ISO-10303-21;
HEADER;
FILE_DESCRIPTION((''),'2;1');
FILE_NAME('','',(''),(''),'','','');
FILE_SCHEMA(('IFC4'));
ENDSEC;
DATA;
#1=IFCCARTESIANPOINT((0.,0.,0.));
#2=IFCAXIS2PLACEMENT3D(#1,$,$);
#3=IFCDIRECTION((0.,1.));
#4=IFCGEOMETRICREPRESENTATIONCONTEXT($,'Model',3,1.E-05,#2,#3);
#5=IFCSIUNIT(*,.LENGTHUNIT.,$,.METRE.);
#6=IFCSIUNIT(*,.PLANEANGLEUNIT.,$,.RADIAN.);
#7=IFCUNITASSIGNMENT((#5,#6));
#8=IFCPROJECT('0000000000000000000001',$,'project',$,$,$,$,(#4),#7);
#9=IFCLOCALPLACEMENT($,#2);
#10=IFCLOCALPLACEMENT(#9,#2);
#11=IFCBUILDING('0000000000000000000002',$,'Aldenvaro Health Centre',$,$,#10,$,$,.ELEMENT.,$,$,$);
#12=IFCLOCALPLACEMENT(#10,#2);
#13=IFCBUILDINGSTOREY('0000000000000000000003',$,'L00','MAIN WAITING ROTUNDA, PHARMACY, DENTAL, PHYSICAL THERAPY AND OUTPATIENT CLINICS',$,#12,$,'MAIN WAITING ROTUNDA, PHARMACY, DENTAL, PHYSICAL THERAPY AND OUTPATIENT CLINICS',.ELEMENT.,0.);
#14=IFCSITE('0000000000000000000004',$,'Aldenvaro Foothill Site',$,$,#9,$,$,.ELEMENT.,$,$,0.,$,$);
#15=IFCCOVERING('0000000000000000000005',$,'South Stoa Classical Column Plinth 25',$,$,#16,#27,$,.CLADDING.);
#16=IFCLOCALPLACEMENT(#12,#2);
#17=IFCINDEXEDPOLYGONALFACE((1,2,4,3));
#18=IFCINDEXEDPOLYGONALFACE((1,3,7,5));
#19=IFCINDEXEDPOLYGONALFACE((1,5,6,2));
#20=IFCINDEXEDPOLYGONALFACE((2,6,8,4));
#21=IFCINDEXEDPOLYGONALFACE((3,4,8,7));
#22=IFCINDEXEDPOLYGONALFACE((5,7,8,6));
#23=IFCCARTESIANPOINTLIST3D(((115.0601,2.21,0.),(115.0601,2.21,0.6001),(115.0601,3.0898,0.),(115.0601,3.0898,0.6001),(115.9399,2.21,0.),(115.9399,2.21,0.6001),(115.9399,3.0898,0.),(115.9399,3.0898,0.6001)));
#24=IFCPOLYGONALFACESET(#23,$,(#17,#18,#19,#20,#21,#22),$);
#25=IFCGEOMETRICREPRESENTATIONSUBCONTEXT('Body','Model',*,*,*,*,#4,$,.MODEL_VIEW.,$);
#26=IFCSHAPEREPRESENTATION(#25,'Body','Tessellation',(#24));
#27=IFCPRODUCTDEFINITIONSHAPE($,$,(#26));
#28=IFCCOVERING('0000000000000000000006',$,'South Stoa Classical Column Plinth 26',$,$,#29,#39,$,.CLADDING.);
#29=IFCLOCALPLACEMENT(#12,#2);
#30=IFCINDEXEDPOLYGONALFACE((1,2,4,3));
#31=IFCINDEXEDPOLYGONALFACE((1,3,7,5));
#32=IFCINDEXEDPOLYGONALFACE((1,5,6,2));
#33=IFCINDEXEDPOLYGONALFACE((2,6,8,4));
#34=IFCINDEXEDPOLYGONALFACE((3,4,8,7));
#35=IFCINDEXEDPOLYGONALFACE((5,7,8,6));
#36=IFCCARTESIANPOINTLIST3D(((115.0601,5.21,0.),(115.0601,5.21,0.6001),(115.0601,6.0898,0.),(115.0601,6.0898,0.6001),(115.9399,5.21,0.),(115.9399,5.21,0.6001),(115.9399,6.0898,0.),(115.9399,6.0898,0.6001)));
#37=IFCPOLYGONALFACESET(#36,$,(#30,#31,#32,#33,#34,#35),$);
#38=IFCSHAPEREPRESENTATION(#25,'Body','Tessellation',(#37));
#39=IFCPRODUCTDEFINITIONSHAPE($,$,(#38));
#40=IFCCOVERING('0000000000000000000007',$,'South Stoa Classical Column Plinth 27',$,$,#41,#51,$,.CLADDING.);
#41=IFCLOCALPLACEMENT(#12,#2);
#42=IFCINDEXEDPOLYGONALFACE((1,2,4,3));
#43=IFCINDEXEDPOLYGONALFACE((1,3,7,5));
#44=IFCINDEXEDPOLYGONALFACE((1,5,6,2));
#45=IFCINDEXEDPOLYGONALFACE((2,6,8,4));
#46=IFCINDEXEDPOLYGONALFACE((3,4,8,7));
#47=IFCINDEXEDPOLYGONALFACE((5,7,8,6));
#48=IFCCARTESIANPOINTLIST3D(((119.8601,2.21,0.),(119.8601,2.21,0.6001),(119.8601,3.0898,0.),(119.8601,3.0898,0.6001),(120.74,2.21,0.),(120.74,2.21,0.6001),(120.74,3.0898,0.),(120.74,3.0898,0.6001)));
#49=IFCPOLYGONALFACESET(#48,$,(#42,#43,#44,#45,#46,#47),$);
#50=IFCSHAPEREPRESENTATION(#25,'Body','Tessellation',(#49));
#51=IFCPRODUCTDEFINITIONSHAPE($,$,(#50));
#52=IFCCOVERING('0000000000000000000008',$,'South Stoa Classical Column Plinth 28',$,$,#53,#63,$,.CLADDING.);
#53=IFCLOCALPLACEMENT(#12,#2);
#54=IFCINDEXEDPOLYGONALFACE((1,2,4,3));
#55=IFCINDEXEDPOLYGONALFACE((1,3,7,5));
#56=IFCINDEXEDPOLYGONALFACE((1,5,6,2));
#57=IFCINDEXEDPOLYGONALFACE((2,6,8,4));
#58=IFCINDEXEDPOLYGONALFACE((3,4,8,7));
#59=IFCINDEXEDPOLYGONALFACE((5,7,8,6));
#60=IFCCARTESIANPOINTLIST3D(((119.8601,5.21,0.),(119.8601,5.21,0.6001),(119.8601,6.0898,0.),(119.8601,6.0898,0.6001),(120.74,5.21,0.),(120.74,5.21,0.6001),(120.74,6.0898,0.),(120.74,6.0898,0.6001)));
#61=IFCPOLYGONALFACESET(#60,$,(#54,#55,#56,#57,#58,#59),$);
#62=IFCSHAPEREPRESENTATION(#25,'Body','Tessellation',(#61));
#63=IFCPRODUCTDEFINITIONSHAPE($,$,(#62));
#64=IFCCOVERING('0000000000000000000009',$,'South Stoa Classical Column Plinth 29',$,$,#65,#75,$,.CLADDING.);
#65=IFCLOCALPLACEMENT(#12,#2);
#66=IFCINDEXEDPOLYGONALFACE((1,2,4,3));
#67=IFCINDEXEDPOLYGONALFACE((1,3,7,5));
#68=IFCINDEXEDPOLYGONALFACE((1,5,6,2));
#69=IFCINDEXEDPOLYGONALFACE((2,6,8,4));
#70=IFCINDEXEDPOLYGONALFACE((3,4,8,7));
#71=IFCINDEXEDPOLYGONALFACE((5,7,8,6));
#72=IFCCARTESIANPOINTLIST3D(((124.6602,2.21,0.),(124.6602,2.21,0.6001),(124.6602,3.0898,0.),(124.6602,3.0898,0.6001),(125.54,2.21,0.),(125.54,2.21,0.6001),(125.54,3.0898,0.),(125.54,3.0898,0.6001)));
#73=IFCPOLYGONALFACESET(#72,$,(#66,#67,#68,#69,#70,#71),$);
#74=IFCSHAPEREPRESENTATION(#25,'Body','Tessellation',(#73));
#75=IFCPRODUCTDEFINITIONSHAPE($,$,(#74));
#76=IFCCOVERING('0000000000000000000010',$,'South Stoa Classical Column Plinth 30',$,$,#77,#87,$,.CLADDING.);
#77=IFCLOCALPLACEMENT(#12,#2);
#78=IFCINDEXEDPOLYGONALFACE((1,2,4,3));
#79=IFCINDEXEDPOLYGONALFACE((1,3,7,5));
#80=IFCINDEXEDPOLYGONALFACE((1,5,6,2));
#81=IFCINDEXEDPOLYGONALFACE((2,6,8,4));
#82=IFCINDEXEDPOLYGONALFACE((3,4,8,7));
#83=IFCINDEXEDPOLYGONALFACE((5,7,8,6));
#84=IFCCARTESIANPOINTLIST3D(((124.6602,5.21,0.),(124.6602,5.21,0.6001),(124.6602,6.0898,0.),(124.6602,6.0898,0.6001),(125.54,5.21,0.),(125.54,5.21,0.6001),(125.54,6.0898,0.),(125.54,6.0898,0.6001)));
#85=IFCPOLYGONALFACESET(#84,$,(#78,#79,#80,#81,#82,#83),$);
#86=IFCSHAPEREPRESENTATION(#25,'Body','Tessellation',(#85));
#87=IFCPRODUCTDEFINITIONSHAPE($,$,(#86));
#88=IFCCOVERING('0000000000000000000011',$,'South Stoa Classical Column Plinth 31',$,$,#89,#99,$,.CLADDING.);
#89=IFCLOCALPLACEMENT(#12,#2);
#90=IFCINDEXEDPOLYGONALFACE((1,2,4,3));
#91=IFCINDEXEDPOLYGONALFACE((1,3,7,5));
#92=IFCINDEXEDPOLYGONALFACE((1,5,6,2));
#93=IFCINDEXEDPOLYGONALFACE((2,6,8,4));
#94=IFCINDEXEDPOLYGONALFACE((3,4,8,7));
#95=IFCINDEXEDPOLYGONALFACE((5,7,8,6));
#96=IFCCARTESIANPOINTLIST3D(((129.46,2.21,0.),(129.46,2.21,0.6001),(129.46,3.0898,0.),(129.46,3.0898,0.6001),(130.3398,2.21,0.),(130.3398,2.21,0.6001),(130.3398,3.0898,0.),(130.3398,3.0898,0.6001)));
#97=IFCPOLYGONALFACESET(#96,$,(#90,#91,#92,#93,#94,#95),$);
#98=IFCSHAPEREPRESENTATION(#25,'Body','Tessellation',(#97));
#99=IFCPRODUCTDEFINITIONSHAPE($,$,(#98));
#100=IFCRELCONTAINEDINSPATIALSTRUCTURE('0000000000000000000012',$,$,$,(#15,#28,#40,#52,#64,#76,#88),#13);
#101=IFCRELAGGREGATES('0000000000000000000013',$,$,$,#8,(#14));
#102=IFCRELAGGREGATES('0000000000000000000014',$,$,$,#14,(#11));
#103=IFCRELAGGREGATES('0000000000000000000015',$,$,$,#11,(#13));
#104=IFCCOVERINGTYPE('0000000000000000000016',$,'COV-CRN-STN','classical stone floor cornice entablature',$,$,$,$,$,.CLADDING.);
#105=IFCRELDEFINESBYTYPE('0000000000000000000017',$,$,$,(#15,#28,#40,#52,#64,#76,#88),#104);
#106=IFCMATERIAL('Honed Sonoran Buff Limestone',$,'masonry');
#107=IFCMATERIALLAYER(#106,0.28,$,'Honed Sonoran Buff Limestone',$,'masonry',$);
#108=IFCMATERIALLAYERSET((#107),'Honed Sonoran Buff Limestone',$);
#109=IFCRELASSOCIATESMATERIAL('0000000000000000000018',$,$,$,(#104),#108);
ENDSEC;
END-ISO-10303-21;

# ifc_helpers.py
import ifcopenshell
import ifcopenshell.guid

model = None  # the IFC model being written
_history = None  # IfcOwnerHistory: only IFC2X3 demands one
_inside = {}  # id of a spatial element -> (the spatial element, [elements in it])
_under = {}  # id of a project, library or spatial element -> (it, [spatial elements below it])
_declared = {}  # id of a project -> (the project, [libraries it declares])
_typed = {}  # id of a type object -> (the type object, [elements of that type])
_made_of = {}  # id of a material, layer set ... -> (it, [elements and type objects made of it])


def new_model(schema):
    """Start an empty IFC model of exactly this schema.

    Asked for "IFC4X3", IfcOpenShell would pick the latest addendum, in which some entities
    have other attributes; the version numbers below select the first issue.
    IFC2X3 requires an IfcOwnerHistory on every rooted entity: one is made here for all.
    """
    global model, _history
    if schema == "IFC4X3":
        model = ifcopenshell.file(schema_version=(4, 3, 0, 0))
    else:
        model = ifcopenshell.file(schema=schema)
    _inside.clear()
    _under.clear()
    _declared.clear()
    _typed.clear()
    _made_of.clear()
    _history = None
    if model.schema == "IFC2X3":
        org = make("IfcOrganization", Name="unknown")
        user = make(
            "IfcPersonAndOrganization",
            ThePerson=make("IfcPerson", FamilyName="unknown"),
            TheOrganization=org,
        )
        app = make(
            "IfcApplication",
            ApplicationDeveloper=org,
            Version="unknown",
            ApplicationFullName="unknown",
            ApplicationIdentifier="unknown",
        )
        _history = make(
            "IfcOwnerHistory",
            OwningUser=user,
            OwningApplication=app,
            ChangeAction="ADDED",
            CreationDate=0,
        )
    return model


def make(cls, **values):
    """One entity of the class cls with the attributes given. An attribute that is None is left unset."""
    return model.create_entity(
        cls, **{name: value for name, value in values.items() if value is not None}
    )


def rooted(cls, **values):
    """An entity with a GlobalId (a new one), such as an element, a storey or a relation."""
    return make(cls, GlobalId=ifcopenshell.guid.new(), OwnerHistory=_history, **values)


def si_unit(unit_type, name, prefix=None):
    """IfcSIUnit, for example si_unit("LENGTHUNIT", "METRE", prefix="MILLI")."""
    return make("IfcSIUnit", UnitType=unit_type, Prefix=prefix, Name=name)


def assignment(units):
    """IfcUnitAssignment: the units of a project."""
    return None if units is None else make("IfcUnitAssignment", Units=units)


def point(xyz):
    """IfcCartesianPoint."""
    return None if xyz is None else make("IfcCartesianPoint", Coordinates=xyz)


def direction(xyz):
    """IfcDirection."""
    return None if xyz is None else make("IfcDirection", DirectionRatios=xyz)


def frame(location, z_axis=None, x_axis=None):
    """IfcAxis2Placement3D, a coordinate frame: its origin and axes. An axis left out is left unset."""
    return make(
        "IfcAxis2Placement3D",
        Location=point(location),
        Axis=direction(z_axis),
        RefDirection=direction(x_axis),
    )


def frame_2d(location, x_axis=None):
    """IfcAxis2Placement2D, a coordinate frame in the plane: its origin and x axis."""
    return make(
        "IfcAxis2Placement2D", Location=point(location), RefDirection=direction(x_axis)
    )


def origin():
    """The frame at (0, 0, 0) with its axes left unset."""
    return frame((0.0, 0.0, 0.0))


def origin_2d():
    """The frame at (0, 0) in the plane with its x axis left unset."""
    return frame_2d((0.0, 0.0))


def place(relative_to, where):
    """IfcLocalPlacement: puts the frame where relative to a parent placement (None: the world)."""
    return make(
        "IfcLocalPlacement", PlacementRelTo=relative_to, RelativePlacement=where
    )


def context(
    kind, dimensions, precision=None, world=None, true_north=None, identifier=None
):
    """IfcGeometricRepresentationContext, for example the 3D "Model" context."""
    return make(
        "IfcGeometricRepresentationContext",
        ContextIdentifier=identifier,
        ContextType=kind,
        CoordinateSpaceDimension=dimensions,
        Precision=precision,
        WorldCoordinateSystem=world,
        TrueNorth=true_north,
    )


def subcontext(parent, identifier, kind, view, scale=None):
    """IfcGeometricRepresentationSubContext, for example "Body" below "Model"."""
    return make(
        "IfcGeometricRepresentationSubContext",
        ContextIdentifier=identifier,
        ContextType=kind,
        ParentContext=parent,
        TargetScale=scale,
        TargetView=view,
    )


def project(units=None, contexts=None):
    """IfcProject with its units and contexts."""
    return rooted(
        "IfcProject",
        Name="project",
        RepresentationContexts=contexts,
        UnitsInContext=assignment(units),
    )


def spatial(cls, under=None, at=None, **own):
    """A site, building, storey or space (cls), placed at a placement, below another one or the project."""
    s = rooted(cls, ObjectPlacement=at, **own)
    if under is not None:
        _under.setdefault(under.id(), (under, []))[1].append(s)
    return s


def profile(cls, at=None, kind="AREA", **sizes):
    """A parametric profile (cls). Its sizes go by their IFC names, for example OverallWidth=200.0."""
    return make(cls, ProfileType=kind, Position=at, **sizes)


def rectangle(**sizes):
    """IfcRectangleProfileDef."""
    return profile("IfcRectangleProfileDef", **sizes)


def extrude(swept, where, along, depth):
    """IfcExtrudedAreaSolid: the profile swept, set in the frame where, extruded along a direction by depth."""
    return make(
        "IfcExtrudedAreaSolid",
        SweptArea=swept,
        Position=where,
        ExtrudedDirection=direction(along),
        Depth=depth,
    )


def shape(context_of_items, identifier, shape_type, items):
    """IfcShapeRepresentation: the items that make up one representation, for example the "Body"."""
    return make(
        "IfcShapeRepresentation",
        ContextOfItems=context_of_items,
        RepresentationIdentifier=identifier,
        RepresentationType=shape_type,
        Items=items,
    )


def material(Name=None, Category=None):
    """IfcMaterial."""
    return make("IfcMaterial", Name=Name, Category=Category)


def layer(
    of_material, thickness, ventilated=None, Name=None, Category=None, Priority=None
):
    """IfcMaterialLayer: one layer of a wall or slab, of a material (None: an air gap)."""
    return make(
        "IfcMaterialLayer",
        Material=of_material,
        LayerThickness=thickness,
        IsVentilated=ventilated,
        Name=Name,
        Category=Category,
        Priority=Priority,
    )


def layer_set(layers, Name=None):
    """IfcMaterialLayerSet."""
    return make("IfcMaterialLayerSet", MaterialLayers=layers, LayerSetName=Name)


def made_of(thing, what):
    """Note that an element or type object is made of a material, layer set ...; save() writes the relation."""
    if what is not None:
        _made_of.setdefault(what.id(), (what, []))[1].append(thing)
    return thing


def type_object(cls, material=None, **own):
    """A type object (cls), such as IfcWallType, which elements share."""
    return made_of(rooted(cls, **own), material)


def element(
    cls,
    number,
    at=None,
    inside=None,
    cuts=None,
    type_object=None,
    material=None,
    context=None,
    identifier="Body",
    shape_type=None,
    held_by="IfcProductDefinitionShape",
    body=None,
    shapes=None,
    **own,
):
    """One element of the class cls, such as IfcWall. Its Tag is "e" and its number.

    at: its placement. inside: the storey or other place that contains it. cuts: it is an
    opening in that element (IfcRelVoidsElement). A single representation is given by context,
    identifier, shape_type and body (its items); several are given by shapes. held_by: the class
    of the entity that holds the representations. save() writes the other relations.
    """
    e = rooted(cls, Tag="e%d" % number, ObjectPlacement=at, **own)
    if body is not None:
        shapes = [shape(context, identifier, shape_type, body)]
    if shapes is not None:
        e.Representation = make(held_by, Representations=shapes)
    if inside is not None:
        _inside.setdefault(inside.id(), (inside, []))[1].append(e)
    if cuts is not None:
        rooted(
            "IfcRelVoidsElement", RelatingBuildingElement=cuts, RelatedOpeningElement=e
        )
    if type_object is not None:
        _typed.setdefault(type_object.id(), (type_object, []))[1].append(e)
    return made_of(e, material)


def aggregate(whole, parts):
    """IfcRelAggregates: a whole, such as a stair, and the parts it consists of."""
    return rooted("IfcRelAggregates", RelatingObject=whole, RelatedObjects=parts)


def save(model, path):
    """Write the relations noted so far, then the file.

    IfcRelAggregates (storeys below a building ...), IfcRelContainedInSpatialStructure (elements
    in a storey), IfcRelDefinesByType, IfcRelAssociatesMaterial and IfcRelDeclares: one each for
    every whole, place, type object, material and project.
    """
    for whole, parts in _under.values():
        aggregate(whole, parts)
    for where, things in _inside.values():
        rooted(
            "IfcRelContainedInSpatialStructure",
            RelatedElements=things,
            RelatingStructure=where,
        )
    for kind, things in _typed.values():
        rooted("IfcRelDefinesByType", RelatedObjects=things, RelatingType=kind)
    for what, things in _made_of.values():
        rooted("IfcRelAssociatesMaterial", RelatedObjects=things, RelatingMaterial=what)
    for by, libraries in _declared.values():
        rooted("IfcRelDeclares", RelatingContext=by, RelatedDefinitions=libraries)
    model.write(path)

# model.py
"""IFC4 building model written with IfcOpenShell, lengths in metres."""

from ifc_helpers import new_model, si_unit, direction, frame, origin, origin_2d, place, context, subcontext, project, spatial, rectangle, extrude, material, layer, layer_set, type_object, element, save


model = new_model("IFC4")

# Units and contexts
model_context = context("Model", 3, precision=1e-05, world=origin(), true_north=direction((0.0, 1.0)))
body_context = subcontext(model_context, "Body", "Model", "MODEL_VIEW")
ifc_project = project(units=[si_unit("LENGTHUNIT", "METRE"), si_unit("PLANEANGLEUNIT", "RADIAN")], contexts=[model_context])

# Site, building, storey
site_placement = place(None, origin())
site = spatial("IfcSite", under=ifc_project, at=site_placement, Name="Aldenvaro Foothill Site", CompositionType="ELEMENT", RefElevation=0.0)
building_placement = place(site_placement, origin())
building = spatial("IfcBuilding", under=site, at=building_placement, Name="Aldenvaro Health Centre", CompositionType="ELEMENT")
storey_placement = place(building_placement, origin())
storey = spatial("IfcBuildingStorey", under=building, at=storey_placement, Name="L00", Description="MAIN WAITING ROTUNDA, PHARMACY, DENTAL, PHYSICAL THERAPY AND OUTPATIENT CLINICS", LongName="MAIN WAITING ROTUNDA, PHARMACY, DENTAL, PHYSICAL THERAPY AND OUTPATIENT CLINICS", CompositionType="ELEMENT", Elevation=0.0)

# Coverings
ifc_material_1 = material(Name="Honed Sonoran Buff Limestone", Category="masonry")
ifc_layer = layer(ifc_material_1, 0.28, Name="Honed Sonoran Buff Limestone", Category="masonry")
ifc_layer_set = layer_set([ifc_layer], Name="Honed Sonoran Buff Limestone")
covering_type = type_object("IfcCoveringType", Name="COV-CRN-STN", Description="classical stone floor cornice entablature", PredefinedType="CLADDING", material=ifc_layer_set)
for number, where, z_axis, x_axis, name in (
    (1, (115.5, 2.6499, 0.0), (0.0, 0.0, 1.0), (1.0, 0.0, 0.0), "South Stoa Classical Column Plinth 25"),
    (2, (115.5, 5.6499, 0.0), (0.0, 0.0, 1.0), (1.0, 0.0, 0.0), "South Stoa Classical Column Plinth 26"),
    (3, (120.3, 2.6499, 0.0), (0.0, 0.0, 1.0), (1.0, 0.0, 0.0), "South Stoa Classical Column Plinth 27"),
    (4, (120.3, 5.6499, 0.0), (0.0, 0.0, 1.0), (1.0, 0.0, 0.0), "South Stoa Classical Column Plinth 28"),
    (5, (125.1001, 2.6499, 0.0), (0.0, 0.0, 1.0), (1.0, 0.0, 0.0), "South Stoa Classical Column Plinth 29"),
    (6, (125.1001, 5.6499, 0.0), (0.0, 0.0, 1.0), (1.0, 0.0, 0.0), "South Stoa Classical Column Plinth 30"),
    (7, (129.8999, 2.6499, 0.0), (0.0, 0.0, 1.0), (1.0, 0.0, 0.0), "South Stoa Classical Column Plinth 31"),
):
    element("IfcCovering", number, at=place(storey_placement, frame(where, z_axis=z_axis, x_axis=x_axis)), inside=storey, type_object=covering_type, Name=name, PredefinedType="CLADDING", context=body_context, shape_type="SweptSolid", body=[
        extrude(rectangle(XDim=0.8799, YDim=0.8799, at=origin_2d()), origin(), (0.0, 0.0, 1.0), 0.6001),
    ])

save(model, "model.ifc")
